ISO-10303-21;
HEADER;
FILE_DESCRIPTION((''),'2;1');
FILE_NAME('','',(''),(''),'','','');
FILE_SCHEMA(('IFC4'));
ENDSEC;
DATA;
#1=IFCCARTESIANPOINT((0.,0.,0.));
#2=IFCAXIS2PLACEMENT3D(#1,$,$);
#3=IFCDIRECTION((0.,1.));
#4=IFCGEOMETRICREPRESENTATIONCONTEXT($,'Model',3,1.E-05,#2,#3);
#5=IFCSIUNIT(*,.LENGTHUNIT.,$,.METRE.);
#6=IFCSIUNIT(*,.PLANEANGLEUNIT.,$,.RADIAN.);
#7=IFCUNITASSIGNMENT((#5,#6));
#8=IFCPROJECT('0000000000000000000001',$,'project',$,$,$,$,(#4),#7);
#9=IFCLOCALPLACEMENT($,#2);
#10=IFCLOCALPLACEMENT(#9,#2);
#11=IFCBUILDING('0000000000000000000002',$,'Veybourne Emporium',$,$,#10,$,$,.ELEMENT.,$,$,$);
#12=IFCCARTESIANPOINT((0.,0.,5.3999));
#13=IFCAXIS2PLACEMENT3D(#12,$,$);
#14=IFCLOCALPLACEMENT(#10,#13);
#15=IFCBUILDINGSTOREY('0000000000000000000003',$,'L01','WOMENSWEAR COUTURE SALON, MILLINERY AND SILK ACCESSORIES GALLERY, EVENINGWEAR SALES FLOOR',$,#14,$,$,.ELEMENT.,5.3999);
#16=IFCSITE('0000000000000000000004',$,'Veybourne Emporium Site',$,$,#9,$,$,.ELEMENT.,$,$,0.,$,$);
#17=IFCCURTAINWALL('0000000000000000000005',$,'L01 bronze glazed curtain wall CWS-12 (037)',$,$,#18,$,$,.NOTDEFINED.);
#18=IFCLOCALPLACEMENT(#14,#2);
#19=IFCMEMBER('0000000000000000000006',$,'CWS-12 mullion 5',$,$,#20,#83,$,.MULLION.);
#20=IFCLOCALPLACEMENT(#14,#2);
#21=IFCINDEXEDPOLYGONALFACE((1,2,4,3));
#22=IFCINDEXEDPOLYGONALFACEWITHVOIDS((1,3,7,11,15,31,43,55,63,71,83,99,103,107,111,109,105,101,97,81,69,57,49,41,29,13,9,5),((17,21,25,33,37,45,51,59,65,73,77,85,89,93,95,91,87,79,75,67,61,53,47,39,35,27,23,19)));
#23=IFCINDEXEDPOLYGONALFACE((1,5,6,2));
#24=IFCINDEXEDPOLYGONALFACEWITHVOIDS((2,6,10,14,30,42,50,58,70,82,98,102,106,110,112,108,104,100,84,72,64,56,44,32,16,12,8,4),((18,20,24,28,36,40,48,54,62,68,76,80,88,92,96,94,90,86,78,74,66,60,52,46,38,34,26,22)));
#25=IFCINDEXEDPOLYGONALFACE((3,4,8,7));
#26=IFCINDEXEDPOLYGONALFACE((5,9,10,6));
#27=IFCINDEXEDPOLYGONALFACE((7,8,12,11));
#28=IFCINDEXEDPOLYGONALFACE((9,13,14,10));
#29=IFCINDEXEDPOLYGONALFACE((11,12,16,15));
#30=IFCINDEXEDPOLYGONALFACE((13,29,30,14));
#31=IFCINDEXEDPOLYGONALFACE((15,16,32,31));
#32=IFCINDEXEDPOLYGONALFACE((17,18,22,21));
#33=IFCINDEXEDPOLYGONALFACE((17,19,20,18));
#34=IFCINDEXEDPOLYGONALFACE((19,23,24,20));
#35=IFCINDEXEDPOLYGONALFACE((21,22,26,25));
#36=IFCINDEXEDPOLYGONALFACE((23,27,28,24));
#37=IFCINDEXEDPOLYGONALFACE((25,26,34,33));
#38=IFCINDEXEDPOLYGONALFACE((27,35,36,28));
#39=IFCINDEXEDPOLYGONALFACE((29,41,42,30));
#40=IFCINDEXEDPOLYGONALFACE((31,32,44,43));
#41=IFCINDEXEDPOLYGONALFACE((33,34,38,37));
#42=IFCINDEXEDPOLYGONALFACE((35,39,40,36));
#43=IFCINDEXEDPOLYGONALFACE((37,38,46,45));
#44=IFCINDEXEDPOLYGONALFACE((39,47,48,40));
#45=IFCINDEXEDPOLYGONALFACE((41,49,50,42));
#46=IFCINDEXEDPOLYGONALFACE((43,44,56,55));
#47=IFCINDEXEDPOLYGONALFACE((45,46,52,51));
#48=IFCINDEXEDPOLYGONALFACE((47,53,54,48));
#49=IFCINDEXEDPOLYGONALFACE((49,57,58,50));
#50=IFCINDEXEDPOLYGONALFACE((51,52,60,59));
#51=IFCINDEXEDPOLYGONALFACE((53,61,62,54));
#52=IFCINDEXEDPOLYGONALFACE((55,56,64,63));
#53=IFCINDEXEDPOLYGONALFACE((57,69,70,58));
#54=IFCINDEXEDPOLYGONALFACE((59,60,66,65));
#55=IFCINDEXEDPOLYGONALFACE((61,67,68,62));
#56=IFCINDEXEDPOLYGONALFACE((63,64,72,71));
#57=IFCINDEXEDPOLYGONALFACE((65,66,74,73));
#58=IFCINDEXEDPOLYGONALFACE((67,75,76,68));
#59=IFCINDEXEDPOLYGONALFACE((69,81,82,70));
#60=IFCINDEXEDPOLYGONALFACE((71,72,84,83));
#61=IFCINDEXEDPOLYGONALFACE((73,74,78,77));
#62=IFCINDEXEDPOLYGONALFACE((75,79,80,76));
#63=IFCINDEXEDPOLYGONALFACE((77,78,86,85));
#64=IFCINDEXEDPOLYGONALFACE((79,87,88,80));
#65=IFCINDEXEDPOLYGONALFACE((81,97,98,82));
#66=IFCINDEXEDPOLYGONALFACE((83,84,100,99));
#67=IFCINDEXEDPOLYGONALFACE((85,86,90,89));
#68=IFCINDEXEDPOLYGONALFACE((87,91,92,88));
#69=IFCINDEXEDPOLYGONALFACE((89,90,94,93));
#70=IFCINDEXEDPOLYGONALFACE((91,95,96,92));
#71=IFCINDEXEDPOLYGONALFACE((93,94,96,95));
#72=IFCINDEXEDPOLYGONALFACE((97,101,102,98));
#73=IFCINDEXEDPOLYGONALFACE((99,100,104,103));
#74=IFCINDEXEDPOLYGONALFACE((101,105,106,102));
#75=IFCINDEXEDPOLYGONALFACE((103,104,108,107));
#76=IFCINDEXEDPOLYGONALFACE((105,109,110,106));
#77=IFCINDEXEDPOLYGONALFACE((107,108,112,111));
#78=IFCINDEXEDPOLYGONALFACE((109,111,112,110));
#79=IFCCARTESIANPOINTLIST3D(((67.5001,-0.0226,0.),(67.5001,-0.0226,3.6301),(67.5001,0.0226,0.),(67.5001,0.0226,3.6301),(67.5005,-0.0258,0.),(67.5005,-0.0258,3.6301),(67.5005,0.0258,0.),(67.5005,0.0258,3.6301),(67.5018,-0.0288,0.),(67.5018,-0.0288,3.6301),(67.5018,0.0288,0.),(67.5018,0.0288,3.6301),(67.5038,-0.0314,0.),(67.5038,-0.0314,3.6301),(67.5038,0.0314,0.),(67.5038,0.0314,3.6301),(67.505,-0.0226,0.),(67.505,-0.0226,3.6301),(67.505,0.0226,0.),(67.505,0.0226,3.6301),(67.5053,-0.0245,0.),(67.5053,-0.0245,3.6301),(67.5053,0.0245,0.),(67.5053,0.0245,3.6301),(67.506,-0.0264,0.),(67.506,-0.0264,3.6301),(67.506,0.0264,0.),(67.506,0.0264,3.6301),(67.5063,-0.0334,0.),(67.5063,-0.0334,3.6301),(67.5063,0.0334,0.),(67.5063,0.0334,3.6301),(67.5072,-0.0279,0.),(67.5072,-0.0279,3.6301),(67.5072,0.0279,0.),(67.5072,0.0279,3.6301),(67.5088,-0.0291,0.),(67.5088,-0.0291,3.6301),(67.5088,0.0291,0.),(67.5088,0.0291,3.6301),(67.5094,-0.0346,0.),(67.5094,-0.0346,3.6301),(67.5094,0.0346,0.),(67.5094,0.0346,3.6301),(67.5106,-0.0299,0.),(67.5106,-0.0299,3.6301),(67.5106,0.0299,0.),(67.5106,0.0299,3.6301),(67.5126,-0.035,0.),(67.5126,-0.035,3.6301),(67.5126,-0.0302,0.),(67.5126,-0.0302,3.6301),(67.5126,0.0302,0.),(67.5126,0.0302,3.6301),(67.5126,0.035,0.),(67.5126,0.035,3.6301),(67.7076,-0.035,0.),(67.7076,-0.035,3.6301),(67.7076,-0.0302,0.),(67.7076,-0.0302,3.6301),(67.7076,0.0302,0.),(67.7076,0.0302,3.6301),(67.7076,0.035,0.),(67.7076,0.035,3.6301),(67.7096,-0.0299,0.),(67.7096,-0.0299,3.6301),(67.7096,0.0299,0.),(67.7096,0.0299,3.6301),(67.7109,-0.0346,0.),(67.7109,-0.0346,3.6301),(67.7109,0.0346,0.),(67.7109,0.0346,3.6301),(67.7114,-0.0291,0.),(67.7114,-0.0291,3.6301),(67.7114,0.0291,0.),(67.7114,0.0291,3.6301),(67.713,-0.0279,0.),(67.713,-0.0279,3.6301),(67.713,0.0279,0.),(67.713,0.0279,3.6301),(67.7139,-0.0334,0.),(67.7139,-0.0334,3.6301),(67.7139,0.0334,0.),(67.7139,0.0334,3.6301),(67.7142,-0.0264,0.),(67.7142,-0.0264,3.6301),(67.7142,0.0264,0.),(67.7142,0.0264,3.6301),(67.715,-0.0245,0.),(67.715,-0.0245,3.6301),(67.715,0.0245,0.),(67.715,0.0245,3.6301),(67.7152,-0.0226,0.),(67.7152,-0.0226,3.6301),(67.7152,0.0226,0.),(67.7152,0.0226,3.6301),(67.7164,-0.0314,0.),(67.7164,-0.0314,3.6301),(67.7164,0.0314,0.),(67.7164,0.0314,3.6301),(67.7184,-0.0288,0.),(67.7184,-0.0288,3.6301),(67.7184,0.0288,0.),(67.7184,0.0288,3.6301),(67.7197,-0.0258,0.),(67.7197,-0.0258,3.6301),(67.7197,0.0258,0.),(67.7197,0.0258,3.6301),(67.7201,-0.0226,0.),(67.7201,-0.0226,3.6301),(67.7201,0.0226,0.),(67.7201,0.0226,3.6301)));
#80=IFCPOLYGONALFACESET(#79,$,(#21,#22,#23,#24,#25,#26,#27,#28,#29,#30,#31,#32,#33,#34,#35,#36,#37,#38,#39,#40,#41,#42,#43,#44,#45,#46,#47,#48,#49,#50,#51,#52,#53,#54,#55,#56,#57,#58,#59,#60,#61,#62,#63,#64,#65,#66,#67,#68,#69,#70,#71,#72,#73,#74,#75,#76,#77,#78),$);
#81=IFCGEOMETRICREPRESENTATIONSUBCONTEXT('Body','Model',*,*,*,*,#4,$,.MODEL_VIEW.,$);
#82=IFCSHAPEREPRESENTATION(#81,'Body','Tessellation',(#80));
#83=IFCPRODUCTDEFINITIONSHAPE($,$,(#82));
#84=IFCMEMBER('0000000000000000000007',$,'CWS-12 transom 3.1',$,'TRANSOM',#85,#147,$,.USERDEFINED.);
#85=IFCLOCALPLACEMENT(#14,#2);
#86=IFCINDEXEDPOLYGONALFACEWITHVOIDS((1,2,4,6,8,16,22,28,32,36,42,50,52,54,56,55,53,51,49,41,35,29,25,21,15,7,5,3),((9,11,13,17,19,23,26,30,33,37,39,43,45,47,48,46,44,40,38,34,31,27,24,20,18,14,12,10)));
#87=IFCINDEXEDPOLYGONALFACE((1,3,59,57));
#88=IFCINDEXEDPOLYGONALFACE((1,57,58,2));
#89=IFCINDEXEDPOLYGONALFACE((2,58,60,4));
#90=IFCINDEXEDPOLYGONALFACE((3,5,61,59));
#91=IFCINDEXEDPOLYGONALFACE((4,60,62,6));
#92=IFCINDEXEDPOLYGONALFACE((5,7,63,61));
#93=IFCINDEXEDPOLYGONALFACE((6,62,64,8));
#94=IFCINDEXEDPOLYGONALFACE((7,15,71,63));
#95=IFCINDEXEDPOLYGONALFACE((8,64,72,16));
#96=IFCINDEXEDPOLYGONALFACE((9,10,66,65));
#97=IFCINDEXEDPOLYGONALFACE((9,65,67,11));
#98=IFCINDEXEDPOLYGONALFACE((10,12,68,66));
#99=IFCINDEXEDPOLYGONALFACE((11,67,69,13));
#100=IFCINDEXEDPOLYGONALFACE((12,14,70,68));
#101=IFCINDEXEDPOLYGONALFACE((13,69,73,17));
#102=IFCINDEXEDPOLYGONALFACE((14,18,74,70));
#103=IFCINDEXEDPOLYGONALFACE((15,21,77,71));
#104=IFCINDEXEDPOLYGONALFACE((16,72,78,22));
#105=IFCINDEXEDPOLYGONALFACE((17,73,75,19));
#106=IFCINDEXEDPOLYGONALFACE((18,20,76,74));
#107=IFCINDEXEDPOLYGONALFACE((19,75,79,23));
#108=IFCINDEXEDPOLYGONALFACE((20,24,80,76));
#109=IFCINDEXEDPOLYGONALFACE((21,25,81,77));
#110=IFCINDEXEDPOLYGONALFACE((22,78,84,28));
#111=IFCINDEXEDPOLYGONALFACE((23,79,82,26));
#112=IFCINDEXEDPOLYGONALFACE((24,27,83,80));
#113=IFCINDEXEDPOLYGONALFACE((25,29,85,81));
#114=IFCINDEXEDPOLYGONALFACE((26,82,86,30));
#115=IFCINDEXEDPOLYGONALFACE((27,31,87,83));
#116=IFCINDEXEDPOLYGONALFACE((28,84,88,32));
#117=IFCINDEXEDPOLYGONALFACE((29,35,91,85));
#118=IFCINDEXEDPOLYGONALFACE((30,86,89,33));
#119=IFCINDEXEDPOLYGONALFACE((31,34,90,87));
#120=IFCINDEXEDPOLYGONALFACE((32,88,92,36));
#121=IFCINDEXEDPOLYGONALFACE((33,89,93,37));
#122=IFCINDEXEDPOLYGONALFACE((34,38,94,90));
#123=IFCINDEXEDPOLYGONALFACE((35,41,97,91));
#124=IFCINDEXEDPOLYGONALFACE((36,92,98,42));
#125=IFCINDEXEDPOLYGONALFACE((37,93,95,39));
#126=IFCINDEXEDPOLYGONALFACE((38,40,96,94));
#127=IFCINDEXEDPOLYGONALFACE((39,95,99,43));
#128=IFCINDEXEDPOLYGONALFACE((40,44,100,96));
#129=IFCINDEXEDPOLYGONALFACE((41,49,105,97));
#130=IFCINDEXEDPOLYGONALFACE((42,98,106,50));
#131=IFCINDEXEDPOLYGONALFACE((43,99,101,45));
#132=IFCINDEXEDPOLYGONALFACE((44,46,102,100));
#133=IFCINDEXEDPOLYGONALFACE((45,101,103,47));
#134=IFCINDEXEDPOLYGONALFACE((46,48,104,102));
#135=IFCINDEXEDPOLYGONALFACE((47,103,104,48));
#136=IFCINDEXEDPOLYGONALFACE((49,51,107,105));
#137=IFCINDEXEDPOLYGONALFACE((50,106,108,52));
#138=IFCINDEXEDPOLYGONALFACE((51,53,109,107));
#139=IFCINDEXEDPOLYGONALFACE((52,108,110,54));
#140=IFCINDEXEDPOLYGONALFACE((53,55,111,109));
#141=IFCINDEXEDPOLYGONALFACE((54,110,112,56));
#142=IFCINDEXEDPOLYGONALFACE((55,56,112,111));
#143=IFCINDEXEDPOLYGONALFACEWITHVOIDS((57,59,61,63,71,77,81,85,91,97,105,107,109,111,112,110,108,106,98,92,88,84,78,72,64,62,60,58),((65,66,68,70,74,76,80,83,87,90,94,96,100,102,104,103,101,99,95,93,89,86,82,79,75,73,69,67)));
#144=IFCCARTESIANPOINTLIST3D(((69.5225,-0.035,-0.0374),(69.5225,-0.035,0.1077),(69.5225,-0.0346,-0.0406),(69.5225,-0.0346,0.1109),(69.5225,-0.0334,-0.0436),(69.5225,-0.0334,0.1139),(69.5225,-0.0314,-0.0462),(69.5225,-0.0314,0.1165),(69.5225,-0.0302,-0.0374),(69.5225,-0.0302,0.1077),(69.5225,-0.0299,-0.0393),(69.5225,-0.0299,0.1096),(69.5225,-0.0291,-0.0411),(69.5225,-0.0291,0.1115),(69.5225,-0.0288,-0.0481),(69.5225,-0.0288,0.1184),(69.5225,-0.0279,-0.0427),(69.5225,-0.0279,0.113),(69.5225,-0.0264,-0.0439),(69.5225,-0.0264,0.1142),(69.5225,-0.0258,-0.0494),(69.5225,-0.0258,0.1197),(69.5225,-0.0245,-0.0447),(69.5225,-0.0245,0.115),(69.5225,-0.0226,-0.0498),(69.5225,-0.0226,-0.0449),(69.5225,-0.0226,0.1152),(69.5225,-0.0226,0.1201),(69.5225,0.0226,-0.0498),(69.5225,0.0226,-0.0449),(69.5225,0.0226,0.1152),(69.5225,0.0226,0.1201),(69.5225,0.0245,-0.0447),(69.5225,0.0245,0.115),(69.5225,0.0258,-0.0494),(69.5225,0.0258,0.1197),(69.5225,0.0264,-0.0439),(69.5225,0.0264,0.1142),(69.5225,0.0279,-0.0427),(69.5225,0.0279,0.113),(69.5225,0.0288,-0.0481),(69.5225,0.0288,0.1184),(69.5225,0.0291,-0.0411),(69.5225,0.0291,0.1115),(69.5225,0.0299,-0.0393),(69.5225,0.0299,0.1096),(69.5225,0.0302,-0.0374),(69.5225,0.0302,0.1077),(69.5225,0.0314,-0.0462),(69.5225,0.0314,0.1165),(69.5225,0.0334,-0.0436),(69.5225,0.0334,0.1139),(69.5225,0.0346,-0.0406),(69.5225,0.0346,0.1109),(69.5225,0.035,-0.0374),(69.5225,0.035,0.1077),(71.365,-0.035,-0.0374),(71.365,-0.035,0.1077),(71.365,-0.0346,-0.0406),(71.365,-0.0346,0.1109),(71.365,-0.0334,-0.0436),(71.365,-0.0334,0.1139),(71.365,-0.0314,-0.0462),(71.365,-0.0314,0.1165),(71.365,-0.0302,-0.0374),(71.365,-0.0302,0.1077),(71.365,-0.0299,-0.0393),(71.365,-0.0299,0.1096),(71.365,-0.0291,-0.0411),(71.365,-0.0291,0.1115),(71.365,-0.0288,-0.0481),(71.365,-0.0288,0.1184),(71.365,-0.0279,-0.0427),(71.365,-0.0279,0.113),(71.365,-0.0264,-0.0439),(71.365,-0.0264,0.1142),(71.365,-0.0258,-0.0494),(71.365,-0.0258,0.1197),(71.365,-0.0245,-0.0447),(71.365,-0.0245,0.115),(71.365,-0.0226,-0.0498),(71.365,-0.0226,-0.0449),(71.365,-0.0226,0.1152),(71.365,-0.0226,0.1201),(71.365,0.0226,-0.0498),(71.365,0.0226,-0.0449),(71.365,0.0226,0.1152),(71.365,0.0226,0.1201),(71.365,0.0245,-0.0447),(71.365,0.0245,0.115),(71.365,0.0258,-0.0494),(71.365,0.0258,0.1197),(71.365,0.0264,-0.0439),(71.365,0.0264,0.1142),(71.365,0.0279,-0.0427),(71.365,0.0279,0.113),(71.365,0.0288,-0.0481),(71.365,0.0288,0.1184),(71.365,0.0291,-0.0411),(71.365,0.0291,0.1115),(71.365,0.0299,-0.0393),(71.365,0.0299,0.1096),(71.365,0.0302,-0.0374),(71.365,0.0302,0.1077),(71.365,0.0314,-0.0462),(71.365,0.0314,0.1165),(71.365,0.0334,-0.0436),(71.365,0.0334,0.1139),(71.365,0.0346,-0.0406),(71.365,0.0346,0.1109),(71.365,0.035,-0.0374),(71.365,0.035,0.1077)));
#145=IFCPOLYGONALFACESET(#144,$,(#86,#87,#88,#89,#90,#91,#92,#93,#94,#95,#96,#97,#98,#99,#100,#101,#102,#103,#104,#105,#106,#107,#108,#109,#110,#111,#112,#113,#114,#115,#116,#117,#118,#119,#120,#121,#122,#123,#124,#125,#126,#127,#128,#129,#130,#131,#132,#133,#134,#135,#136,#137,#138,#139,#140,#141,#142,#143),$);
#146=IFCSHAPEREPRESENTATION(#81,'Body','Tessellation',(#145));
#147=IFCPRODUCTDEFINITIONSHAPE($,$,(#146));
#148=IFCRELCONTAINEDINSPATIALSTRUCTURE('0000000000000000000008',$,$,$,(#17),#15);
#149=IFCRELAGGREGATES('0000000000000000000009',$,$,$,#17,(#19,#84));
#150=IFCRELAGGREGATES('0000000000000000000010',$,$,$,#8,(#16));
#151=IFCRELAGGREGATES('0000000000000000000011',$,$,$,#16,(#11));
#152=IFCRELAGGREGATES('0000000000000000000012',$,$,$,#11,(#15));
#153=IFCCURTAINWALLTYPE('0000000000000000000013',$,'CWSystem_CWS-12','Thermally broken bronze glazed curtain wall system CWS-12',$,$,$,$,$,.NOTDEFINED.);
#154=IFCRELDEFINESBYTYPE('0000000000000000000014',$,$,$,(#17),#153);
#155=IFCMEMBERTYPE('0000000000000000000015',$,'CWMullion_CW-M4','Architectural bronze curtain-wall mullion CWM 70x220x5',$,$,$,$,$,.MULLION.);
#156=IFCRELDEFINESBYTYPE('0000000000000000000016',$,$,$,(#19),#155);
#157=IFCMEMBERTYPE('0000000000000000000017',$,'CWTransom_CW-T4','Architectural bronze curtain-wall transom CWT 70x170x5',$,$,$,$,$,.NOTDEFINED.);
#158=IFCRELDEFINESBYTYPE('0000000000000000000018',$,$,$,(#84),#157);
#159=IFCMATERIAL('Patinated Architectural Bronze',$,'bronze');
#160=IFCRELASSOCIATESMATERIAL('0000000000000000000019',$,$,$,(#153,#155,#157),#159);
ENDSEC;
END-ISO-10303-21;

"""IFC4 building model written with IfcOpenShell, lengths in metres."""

from ifc_helpers import new_model, si_unit, direction, frame, origin, origin_2d, place, context, subcontext, project, spatial, hollow_rectangle, extrude, material, material_profile, profile_set, type_object, element, aggregate, save


model = new_model("IFC4")

# Units and contexts
model_context = context("Model", 3, precision=1e-05, world=origin(), true_north=direction((0.0, 1.0)))
body_context = subcontext(model_context, "Body", "Model", "MODEL_VIEW")
ifc_project = project(units=[si_unit("LENGTHUNIT", "METRE"), si_unit("PLANEANGLEUNIT", "RADIAN")], contexts=[model_context])

# Site, building, storey
site_placement = place(None, origin())
site = spatial("IfcSite", under=ifc_project, at=site_placement, Name="Veybourne Emporium Site", CompositionType="ELEMENT", RefElevation=0.0)
building_placement = place(site_placement, origin())
building = spatial("IfcBuilding", under=site, at=building_placement, Name="Veybourne Emporium", CompositionType="ELEMENT")
storey_placement = place(building_placement, frame((0.0, 0.0, 5.3999)))
storey = spatial("IfcBuildingStorey", under=building, at=storey_placement, Name="L01", Description="WOMENSWEAR COUTURE SALON, MILLINERY AND SILK ACCESSORIES GALLERY, EVENINGWEAR SALES FLOOR", CompositionType="ELEMENT", Elevation=5.3999)

# Curtain wall, members
ifc_material_1 = material(Name="Patinated Architectural Bronze", Category="bronze")
curtain_wall_type = type_object("IfcCurtainWallType", Name="CWSystem_CWS-12", Description="Thermally broken bronze glazed curtain wall system CWS-12", PredefinedType="NOTDEFINED", material=ifc_material_1)
curtain_wall_placement = place(storey_placement, origin())
curtain_wall = element("IfcCurtainWall", 1, at=curtain_wall_placement, inside=storey, type_object=curtain_wall_type, Name="L01 bronze glazed curtain wall CWS-12 (037)", PredefinedType="NOTDEFINED")
ifc_material_profile_1 = material_profile(ifc_material_1, hollow_rectangle(XDim=0.0701, YDim=0.22, WallThickness=0.0049, InnerFilletRadius=0.0076, OuterFilletRadius=0.0125, at=origin_2d()), Name="CWM 70x220x5")
ifc_profile_set_1 = profile_set([ifc_material_profile_1], Name="Patinated Architectural Bronze")
member_type_1 = type_object("IfcMemberType", Name="CWMullion_CW-M4", Description="Architectural bronze curtain-wall mullion CWM 70x220x5", PredefinedType="MULLION", material=ifc_profile_set_1)
member_1_placement = place(storey_placement, frame((67.6101, 0.0, 0.0), z_axis=(0.0, 0.0, 1.0), x_axis=(0.0, -1.0, 0.0)))
member_1 = element("IfcMember", 2, at=member_1_placement, type_object=member_type_1, Name="CWS-12 mullion 5", PredefinedType="MULLION", context=body_context, shape_type="SweptSolid", body=[
    extrude(hollow_rectangle(XDim=0.0701, YDim=0.22, WallThickness=0.0049, InnerFilletRadius=0.0076, OuterFilletRadius=0.0125, at=origin_2d()), origin(), (0.0, 0.0, 1.0), 3.6301),
])
ifc_material_profile_2 = material_profile(ifc_material_1, hollow_rectangle(XDim=0.0701, YDim=0.1699, WallThickness=0.0049, InnerFilletRadius=0.0076, OuterFilletRadius=0.0125, at=origin_2d()), Name="CWT 70x170x5")
ifc_profile_set_2 = profile_set([ifc_material_profile_2], Name="Patinated Architectural Bronze")
member_type_2 = type_object("IfcMemberType", Name="CWTransom_CW-T4", Description="Architectural bronze curtain-wall transom CWT 70x170x5", PredefinedType="NOTDEFINED", material=ifc_profile_set_2)
member_2_placement = place(storey_placement, frame((71.365, 0.0, 0.0352), z_axis=(-1.0, 0.0, 0.0), x_axis=(0.0, -1.0, 0.0)))
member_2 = element("IfcMember", 3, at=member_2_placement, type_object=member_type_2, Name="CWS-12 transom 3.1", ObjectType="TRANSOM", PredefinedType="USERDEFINED", context=body_context, shape_type="SweptSolid", body=[
    extrude(hollow_rectangle(XDim=0.0701, YDim=0.1699, WallThickness=0.0049, InnerFilletRadius=0.0076, OuterFilletRadius=0.0125, at=origin_2d()), origin(), (0.0, 0.0, 1.0), 1.8425),
])

aggregate(curtain_wall, [member_1, member_2])

save(model, "model.ifc")
